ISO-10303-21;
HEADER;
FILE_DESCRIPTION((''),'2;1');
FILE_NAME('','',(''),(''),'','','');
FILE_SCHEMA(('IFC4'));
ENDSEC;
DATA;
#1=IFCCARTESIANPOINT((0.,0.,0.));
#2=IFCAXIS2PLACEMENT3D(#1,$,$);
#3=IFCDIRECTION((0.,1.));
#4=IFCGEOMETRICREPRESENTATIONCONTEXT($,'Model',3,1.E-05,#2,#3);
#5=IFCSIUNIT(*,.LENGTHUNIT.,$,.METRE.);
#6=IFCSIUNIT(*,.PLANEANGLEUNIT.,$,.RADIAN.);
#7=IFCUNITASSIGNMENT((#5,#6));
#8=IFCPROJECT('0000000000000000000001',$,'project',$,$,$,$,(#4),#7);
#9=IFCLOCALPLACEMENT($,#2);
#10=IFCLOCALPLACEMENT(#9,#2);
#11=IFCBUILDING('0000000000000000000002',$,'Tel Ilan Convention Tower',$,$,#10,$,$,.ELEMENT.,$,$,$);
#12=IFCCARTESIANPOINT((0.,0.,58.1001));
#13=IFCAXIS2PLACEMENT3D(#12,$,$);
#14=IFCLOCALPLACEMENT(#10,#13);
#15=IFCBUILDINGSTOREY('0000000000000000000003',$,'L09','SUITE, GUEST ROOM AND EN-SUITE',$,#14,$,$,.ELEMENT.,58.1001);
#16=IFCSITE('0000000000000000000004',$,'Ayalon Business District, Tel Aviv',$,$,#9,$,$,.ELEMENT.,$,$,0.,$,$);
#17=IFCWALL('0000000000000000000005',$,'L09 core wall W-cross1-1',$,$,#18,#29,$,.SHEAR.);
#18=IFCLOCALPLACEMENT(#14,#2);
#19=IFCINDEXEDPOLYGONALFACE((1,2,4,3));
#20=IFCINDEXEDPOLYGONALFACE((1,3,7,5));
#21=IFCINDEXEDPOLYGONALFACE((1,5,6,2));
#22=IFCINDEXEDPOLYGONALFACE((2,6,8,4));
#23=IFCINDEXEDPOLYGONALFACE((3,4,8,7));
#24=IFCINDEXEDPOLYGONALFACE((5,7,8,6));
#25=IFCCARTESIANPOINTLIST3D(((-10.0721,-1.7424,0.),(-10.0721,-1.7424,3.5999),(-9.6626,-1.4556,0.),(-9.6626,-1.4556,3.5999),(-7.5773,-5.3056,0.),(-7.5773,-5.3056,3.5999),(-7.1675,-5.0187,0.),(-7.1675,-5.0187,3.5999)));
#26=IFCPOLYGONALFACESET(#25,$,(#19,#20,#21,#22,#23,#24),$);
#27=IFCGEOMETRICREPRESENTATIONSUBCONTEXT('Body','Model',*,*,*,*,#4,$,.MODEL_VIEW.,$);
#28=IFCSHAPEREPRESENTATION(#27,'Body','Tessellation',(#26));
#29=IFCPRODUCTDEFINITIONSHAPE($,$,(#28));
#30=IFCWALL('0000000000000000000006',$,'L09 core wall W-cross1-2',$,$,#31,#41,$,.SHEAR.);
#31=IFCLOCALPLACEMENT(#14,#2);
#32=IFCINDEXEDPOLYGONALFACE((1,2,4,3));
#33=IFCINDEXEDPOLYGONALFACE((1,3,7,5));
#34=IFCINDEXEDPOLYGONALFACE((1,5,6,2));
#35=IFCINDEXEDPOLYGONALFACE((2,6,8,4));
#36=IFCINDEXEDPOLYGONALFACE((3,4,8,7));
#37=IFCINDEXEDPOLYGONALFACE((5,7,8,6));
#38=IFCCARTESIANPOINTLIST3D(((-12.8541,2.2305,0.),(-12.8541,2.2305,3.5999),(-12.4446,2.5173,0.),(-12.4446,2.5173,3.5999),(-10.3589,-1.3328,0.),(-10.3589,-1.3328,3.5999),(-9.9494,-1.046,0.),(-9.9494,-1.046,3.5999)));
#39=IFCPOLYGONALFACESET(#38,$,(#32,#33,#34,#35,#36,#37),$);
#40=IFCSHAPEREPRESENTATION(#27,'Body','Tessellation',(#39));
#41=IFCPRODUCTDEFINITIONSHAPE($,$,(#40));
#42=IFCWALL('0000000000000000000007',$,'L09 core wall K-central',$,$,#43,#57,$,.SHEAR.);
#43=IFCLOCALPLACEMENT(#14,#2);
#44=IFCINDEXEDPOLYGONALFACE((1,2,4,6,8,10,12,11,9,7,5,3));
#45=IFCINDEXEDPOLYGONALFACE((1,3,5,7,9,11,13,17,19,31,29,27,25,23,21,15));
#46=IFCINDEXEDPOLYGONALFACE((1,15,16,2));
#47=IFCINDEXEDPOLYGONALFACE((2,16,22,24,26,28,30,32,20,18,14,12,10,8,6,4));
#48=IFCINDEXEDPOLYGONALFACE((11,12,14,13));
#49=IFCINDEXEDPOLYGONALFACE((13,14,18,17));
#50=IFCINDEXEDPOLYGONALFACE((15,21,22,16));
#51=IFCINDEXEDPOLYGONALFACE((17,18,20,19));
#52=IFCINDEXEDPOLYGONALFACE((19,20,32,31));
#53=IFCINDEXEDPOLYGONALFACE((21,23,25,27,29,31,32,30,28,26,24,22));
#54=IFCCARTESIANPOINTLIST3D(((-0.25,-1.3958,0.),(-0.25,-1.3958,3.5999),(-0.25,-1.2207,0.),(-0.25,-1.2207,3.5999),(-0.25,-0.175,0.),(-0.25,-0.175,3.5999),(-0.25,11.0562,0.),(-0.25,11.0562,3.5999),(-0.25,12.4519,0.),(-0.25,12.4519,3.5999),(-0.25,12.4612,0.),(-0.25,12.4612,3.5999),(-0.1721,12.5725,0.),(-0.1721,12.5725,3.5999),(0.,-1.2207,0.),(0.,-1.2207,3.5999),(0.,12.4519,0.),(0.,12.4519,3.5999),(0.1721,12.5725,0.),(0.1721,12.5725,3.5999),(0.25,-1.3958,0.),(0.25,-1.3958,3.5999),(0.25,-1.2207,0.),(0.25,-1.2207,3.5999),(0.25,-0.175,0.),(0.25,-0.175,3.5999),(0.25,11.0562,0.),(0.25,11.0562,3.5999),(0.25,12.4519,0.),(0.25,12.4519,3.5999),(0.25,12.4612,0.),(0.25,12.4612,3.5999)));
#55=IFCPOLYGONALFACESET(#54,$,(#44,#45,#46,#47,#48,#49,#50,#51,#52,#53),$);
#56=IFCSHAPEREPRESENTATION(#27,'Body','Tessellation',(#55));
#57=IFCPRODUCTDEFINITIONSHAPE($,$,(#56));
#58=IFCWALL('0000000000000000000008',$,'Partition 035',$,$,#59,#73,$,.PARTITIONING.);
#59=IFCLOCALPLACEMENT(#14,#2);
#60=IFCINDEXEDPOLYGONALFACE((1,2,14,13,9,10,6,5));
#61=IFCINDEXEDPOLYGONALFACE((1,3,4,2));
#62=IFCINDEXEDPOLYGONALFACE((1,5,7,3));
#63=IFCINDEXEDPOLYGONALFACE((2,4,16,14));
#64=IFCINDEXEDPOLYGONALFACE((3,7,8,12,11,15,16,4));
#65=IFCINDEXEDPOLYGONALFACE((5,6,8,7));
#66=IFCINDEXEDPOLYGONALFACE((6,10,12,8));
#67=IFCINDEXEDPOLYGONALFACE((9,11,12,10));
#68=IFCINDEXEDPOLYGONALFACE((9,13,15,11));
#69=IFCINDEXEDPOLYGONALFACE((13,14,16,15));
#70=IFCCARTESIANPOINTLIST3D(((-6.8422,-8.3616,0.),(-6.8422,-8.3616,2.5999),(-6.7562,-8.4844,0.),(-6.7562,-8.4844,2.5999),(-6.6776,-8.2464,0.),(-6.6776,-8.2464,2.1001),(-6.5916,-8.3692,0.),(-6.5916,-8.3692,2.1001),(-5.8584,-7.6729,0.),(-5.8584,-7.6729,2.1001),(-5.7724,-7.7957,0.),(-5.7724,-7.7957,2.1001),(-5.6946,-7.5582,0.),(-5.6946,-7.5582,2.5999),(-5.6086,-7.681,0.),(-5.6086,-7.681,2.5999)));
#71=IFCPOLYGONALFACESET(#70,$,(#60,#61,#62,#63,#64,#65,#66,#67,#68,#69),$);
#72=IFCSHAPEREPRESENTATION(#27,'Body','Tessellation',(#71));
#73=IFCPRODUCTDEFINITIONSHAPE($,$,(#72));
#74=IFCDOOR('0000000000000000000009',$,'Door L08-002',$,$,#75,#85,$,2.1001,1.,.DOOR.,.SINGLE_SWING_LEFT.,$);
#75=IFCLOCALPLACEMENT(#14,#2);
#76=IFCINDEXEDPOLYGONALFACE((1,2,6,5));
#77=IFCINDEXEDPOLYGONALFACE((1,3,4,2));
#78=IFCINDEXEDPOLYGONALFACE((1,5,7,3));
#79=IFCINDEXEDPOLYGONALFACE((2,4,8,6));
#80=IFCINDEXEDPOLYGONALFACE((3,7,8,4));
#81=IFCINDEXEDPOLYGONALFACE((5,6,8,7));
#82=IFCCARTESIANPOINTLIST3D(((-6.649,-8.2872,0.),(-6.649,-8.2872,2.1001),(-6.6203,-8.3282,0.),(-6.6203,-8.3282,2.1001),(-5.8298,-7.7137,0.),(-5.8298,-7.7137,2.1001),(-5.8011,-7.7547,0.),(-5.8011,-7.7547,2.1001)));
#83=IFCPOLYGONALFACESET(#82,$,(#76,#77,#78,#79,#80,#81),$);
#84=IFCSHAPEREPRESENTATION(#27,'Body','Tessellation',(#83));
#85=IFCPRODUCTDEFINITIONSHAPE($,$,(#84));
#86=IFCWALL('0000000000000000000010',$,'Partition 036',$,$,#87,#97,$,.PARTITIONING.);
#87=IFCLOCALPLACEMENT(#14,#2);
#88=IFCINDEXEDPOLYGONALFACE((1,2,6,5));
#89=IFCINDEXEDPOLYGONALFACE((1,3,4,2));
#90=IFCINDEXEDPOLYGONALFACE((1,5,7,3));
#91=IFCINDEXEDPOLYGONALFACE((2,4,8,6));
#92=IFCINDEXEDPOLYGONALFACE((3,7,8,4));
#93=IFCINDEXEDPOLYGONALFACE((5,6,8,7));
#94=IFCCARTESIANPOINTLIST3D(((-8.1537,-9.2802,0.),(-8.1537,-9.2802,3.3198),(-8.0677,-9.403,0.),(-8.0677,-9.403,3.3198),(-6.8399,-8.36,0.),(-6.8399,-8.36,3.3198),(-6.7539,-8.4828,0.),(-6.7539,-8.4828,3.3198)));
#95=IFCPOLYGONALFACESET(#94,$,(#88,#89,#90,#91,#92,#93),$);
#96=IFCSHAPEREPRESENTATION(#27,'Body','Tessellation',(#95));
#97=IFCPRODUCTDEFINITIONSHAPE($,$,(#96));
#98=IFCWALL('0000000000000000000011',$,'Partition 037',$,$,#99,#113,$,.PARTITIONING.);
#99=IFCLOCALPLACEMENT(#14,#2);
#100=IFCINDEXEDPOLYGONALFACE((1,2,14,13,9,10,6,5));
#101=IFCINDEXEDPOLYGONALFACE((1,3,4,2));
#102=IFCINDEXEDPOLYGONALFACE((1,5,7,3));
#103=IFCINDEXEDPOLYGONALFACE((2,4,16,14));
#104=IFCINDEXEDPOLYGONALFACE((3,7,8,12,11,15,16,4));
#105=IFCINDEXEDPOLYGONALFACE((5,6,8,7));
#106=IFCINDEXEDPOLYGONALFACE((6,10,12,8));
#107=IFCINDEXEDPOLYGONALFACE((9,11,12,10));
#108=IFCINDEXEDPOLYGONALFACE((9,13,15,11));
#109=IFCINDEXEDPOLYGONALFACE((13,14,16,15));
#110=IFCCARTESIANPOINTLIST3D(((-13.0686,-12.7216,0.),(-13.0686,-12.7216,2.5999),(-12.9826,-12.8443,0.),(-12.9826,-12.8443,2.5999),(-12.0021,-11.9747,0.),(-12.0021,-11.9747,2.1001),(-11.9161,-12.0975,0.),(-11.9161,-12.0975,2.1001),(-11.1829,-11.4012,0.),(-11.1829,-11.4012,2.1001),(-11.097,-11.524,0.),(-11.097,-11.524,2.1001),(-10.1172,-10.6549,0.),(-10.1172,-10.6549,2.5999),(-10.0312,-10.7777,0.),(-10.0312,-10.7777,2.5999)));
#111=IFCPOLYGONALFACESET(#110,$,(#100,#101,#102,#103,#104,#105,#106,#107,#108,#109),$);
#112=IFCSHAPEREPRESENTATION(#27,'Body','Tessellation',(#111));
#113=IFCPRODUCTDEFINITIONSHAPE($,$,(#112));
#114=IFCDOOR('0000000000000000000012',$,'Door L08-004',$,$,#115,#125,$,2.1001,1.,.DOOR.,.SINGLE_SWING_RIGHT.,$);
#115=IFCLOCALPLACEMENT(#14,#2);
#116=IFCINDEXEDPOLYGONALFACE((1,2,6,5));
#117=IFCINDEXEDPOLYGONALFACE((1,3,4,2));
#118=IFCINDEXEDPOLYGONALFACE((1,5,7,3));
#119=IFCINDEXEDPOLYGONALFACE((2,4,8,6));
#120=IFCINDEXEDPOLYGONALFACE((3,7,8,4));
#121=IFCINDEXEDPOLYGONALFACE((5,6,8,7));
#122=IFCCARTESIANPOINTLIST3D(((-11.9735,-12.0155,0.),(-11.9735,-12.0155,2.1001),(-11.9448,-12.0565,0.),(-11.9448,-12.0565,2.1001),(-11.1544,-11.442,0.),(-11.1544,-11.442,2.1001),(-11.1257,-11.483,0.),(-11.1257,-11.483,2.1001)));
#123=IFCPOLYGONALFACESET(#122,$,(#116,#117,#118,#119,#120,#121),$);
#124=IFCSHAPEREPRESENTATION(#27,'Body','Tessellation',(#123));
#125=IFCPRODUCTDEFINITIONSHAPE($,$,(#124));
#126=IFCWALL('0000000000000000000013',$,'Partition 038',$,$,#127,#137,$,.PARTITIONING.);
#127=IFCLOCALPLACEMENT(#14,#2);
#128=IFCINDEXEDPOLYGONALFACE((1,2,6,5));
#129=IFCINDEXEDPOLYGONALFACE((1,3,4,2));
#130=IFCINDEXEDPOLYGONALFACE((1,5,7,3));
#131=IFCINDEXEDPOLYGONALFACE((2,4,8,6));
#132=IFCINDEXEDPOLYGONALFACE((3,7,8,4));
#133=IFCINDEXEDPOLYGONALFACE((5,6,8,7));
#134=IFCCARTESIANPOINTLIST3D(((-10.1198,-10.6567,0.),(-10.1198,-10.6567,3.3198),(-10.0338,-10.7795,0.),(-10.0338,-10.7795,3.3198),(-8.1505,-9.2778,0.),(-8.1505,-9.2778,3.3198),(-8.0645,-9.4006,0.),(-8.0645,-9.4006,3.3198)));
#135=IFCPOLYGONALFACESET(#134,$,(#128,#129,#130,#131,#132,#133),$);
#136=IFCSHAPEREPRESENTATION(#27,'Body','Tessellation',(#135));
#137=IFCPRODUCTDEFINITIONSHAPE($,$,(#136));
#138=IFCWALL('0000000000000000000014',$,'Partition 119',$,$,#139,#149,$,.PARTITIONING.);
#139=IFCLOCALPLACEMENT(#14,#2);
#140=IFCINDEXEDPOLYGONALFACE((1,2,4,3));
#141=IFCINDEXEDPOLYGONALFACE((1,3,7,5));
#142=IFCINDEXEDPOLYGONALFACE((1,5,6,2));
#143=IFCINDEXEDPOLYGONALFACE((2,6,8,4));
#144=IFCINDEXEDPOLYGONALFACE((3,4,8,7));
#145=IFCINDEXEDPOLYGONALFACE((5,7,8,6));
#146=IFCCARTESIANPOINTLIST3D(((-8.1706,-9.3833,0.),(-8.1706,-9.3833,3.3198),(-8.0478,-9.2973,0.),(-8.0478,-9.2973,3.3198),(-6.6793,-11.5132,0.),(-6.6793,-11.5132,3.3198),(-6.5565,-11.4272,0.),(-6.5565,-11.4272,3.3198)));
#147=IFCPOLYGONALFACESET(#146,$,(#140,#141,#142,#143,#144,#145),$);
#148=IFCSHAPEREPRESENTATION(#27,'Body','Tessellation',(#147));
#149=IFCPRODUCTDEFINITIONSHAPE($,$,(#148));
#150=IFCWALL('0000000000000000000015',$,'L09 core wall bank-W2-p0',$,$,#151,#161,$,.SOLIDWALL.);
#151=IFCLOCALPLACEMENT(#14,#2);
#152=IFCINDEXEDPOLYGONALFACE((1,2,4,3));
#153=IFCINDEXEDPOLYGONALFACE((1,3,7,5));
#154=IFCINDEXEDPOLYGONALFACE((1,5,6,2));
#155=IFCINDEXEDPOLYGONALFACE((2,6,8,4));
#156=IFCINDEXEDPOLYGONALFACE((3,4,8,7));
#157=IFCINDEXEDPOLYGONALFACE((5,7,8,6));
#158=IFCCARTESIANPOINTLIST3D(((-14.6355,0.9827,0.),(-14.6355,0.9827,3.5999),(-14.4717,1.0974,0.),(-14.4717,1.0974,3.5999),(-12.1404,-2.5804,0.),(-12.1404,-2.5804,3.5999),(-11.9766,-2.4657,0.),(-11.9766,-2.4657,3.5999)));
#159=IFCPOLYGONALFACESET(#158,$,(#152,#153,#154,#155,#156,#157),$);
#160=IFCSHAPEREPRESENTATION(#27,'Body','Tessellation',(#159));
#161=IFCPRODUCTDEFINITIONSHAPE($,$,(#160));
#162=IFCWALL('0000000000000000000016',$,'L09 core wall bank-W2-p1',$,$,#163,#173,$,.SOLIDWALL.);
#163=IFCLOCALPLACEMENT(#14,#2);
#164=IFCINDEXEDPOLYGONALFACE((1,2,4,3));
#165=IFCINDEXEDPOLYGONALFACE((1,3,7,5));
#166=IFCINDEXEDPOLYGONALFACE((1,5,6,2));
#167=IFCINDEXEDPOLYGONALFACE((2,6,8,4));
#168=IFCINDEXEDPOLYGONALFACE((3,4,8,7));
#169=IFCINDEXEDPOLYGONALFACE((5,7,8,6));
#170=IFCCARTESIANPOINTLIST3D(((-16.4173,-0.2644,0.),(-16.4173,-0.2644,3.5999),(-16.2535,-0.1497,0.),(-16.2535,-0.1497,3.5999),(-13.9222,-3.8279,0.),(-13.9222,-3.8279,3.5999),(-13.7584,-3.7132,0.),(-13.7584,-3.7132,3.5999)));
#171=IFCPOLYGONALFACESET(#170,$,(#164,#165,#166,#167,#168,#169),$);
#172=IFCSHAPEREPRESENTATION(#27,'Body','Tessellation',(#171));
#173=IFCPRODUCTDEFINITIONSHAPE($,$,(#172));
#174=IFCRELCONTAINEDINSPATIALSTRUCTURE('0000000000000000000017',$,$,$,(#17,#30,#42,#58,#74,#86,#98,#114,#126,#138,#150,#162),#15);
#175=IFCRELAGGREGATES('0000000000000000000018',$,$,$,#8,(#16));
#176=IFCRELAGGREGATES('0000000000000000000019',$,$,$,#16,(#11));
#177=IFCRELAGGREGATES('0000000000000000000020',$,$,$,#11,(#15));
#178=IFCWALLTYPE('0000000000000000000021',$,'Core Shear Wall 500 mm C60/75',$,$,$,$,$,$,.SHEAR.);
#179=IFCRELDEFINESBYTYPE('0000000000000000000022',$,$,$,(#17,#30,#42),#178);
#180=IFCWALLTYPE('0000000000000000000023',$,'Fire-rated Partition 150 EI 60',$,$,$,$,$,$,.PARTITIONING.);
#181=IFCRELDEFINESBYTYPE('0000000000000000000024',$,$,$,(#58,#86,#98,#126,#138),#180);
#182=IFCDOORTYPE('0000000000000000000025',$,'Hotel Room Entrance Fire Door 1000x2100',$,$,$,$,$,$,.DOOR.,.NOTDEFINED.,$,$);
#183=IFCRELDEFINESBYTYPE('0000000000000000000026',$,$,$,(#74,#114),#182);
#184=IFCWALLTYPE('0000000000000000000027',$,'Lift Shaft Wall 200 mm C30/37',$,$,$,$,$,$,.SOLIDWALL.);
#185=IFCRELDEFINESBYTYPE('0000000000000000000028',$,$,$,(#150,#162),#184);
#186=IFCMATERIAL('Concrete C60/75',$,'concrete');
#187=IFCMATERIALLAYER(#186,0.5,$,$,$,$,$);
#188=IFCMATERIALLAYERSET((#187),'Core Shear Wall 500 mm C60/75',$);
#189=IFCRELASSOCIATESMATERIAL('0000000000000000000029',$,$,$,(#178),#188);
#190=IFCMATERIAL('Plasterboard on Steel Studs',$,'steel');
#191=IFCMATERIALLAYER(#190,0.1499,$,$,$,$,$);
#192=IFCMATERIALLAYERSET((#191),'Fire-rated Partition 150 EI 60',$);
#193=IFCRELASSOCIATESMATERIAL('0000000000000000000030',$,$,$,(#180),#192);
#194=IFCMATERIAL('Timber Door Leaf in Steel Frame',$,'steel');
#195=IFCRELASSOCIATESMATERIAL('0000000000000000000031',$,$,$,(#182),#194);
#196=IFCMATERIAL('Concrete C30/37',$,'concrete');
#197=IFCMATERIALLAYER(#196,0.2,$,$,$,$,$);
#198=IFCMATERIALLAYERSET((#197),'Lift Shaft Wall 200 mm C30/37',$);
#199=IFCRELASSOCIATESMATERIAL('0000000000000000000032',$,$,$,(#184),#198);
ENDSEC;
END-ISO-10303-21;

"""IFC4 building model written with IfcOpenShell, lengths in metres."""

from ifc_helpers import new_model, si_unit, direction, frame, frame_2d, origin, place, context, subcontext, project, spatial, polyline, rectangle, outline, extrude, material, layer, layer_set, type_object, element, fill, save


model = new_model("IFC4")

# Units and contexts
model_context = context("Model", 3, precision=1e-05, world=origin(), true_north=direction((0.0, 1.0)))
body_context = subcontext(model_context, "Body", "Model", "MODEL_VIEW")
ifc_project = project(units=[si_unit("LENGTHUNIT", "METRE"), si_unit("PLANEANGLEUNIT", "RADIAN")], contexts=[model_context])

# Site, building, storey
site_placement = place(None, origin())
site = spatial("IfcSite", under=ifc_project, at=site_placement, Name="Ayalon Business District, Tel Aviv", CompositionType="ELEMENT", RefElevation=0.0)
building_placement = place(site_placement, origin())
building = spatial("IfcBuilding", under=site, at=building_placement, Name="Tel Ilan Convention Tower", CompositionType="ELEMENT")
storey_placement = place(building_placement, frame((0.0, 0.0, 58.1001)))
storey = spatial("IfcBuildingStorey", under=building, at=storey_placement, Name="L09", Description="SUITE, GUEST ROOM AND EN-SUITE", CompositionType="ELEMENT", Elevation=58.1001)

# Walls
ifc_material_1 = material(Name="Concrete C60/75", Category="concrete")
ifc_layer_1 = layer(ifc_material_1, 0.5)
ifc_layer_set_1 = layer_set([ifc_layer_1], Name="Core Shear Wall 500 mm C60/75")
wall_type_1 = type_object("IfcWallType", Name="Core Shear Wall 500 mm C60/75", PredefinedType="SHEAR", material=ifc_layer_set_1)
wall_1_placement = place(storey_placement, frame((-7.3723, -5.1621, 0.0), z_axis=(0.0, 0.0, 1.0), x_axis=(-0.573594, 0.81914, 0.0)))
element("IfcWall", 1, at=wall_1_placement, inside=storey, type_object=wall_type_1, Name="L09 core wall W-cross1-1", PredefinedType="SHEAR", context=body_context, shape_type="SweptSolid", body=[
    extrude(outline(polyline([(4.3499, 0.25), (0.0, 0.2502), (0.0, -0.25), (4.3499, -0.25), (4.3499, 0.25)])), origin(), (0.0, 0.0, 1.0), 3.5999),
])
wall_2_placement = place(storey_placement, frame((-10.1543, -1.1892, 0.0), z_axis=(0.0, 0.0, 1.0), x_axis=(-0.573594, 0.81914, 0.0)))
element("IfcWall", 2, at=wall_2_placement, inside=storey, type_object=wall_type_1, Name="L09 core wall W-cross1-2", PredefinedType="SHEAR", context=body_context, shape_type="SweptSolid", body=[
    extrude(outline(polyline([(4.3499, -0.25), (4.3499, 0.25), (-0.0002, 0.25), (-0.0002, -0.25), (4.3499, -0.25)])), origin(), (0.0, 0.0, 1.0), 3.5999),
])
wall_3_placement = place(storey_placement, frame((0.0, -1.3958, 0.0), z_axis=(0.0, 0.0, 1.0), x_axis=(0.0, 1.0, 0.0)))
element("IfcWall", 3, at=wall_3_placement, inside=storey, type_object=wall_type_1, Name="L09 core wall K-central", PredefinedType="SHEAR", context=body_context, shape_type="SweptSolid", body=[
    extrude(outline(polyline([(0.0, -0.25), (0.175, -0.25), (1.2207, -0.25), (12.4519, -0.25), (13.8477, -0.25), (13.8569, -0.25), (13.9683, -0.1721), (13.8477, 0.0), (13.9683, 0.1721), (13.8569, 0.25), (13.8477, 0.25), (12.4519, 0.25), (1.2207, 0.25), (0.175, 0.25), (0.0, 0.25), (0.175, 0.0), (0.0, -0.25)])), origin(), (0.0, 0.0, 1.0), 3.5999),
])

# Wall, opening, door
ifc_material_2 = material(Name="Plasterboard on Steel Studs", Category="steel")
ifc_layer_2 = layer(ifc_material_2, 0.1499)
ifc_layer_set_2 = layer_set([ifc_layer_2], Name="Fire-rated Partition 150 EI 60")
wall_type_2 = type_object("IfcWallType", Name="Fire-rated Partition 150 EI 60", PredefinedType="PARTITIONING", material=ifc_layer_set_2)
wall_4_placement = place(storey_placement, frame((-5.6516, -7.6196, 0.0), z_axis=(0.0, 0.0, 1.0), x_axis=(-0.819207, -0.573497, 0.0)))
wall_4 = element("IfcWall", 4, at=wall_4_placement, inside=storey, type_object=wall_type_2, Name="Partition 035", PredefinedType="PARTITIONING", context=body_context, shape_type="SweptSolid", body=[
    extrude(rectangle(XDim=1.4009, YDim=0.1499, at=frame_2d((0.7004, 0.0))), origin(), (0.0, 0.0, 1.0), 2.5999),
])
opening_1_placement = place(wall_4_placement, frame((0.2, 0.0, 0.0)))
opening_1 = element("IfcOpeningElement", 5, at=opening_1_placement, cuts=wall_4, PredefinedType="OPENING", context=body_context, shape_type="SweptSolid", body=[
    extrude(rectangle(XDim=1.0, YDim=2.1001, at=frame_2d((0.5, 1.05))), frame((0.0, 0.085, 0.0), z_axis=(0.0, -1.0, 0.0), x_axis=(1.0, 0.0, 0.0)), (0.0, 0.0, 1.0), 0.1699),
])
ifc_material_3 = material(Name="Timber Door Leaf in Steel Frame", Category="steel")
door_type_1 = type_object("IfcDoorType", Name="Hotel Room Entrance Fire Door 1000x2100", OperationType="NOTDEFINED", PredefinedType="DOOR", material=ifc_material_3)
door_1_placement = place(opening_1_placement, origin())
door_1 = element("IfcDoor", 6, at=door_1_placement, inside=storey, type_object=door_type_1, Name="Door L08-002", OperationType="SINGLE_SWING_LEFT", OverallHeight=2.1001, OverallWidth=1.0, PredefinedType="DOOR", context=body_context, shape_type="SweptSolid", body=[
    extrude(rectangle(XDim=1.0, YDim=2.1001, at=frame_2d((0.5, 1.05))), frame((0.0, 0.0249, 0.0), z_axis=(0.0, -1.0, 0.0), x_axis=(1.0, 0.0, 0.0)), (0.0, 0.0, 1.0), 0.05),
])
fill(opening_1, door_1)

# Wall
wall_5_placement = place(storey_placement, frame((-6.7969, -8.4214, 0.0), z_axis=(0.0, 0.0, 1.0), x_axis=(-0.819067, -0.573697, 0.0)))
element("IfcWall", 7, at=wall_5_placement, inside=storey, type_object=wall_type_2, Name="Partition 036", PredefinedType="PARTITIONING", context=body_context, shape_type="SweptSolid", body=[
    extrude(rectangle(XDim=1.604, YDim=0.1499, at=frame_2d((0.802, 0.0))), origin(), (0.0, 0.0, 1.0), 3.3198),
])

# Wall, opening, door
wall_6_placement = place(storey_placement, frame((-10.0742, -10.7163, 0.0), z_axis=(0.0, 0.0, 1.0), x_axis=(-0.819146, -0.573585, 0.0)))
wall_6 = element("IfcWall", 8, at=wall_6_placement, inside=storey, type_object=wall_type_2, Name="Partition 037", PredefinedType="PARTITIONING", context=body_context, shape_type="SweptSolid", body=[
    extrude(rectangle(XDim=3.603, YDim=0.1499, at=frame_2d((1.8015, 0.0))), origin(), (0.0, 0.0, 1.0), 2.5999),
])
opening_2_placement = place(wall_6_placement, frame((1.301, 0.0, 0.0)))
opening_2 = element("IfcOpeningElement", 9, at=opening_2_placement, cuts=wall_6, PredefinedType="OPENING", context=body_context, shape_type="SweptSolid", body=[
    extrude(rectangle(XDim=1.0, YDim=2.1001, at=frame_2d((0.5, 1.05))), frame((0.0, 0.085, 0.0), z_axis=(0.0, -1.0, 0.0), x_axis=(1.0, 0.0, 0.0)), (0.0, 0.0, 1.0), 0.1699),
])
door_2_placement = place(opening_2_placement, origin())
door_2 = element("IfcDoor", 10, at=door_2_placement, inside=storey, type_object=door_type_1, Name="Door L08-004", OperationType="SINGLE_SWING_RIGHT", OverallHeight=2.1001, OverallWidth=1.0, PredefinedType="DOOR", context=body_context, shape_type="SweptSolid", body=[
    extrude(rectangle(XDim=1.0, YDim=2.1001, at=frame_2d((0.5, 1.05))), frame((0.0, 0.0249, 0.0), z_axis=(0.0, -1.0, 0.0), x_axis=(1.0, 0.0, 0.0)), (0.0, 0.0, 1.0), 0.05),
])
fill(opening_2, door_2)

# Walls
wall_7_placement = place(storey_placement, frame((-8.1074, -9.3391, 0.0), z_axis=(0.0, 0.0, 1.0), x_axis=(-0.819146, -0.573585, 0.0)))
element("IfcWall", 11, at=wall_7_placement, inside=storey, type_object=wall_type_2, Name="Partition 038", PredefinedType="PARTITIONING", context=body_context, shape_type="SweptSolid", body=[
    extrude(rectangle(XDim=2.4041, YDim=0.1499, at=frame_2d((1.2021, 0.0))), origin(), (0.0, 0.0, 1.0), 3.3198),
])
wall_8_placement = place(storey_placement, frame((-6.6179, -11.4702, 0.0), z_axis=(0.0, 0.0, 1.0), x_axis=(-0.573538, 0.819179, 0.0)))
element("IfcWall", 12, at=wall_8_placement, inside=storey, type_object=wall_type_2, Name="Partition 119", PredefinedType="PARTITIONING", context=body_context, shape_type="SweptSolid", body=[
    extrude(rectangle(XDim=2.6001, YDim=0.1499, at=frame_2d((1.3, 0.0))), origin(), (0.0, 0.0, 1.0), 3.3198),
])
ifc_material_4 = material(Name="Concrete C30/37", Category="concrete")
ifc_layer_3 = layer(ifc_material_4, 0.2)
ifc_layer_set_3 = layer_set([ifc_layer_3], Name="Lift Shaft Wall 200 mm C30/37")
wall_type_3 = type_object("IfcWallType", Name="Lift Shaft Wall 200 mm C30/37", PredefinedType="SOLIDWALL", material=ifc_layer_set_3)
wall_9_placement = place(storey_placement, frame((-12.0586, -2.5229, 0.0), z_axis=(0.0, 0.0, 1.0), x_axis=(-0.573594, 0.81914, 0.0)))
element("IfcWall", 13, at=wall_9_placement, inside=storey, type_object=wall_type_3, Name="L09 core wall bank-W2-p0", PredefinedType="SOLIDWALL", context=body_context, shape_type="SweptSolid", body=[
    extrude(rectangle(XDim=4.3499, YDim=0.2, at=frame_2d((2.1748, 0.0))), origin(), (0.0, 0.0, 1.0), 3.5999),
])
wall_10_placement = place(storey_placement, frame((-13.8403, -3.7705, 0.0), z_axis=(0.0, 0.0, 1.0), x_axis=(-0.573568, 0.819158, 0.0)))
element("IfcWall", 14, at=wall_10_placement, inside=storey, type_object=wall_type_3, Name="L09 core wall bank-W2-p1", PredefinedType="SOLIDWALL", context=body_context, shape_type="SweptSolid", body=[
    extrude(rectangle(XDim=4.3501, YDim=0.2, at=frame_2d((2.175, 0.0))), origin(), (0.0, 0.0, 1.0), 3.5999),
])

save(model, "model.ifc")
